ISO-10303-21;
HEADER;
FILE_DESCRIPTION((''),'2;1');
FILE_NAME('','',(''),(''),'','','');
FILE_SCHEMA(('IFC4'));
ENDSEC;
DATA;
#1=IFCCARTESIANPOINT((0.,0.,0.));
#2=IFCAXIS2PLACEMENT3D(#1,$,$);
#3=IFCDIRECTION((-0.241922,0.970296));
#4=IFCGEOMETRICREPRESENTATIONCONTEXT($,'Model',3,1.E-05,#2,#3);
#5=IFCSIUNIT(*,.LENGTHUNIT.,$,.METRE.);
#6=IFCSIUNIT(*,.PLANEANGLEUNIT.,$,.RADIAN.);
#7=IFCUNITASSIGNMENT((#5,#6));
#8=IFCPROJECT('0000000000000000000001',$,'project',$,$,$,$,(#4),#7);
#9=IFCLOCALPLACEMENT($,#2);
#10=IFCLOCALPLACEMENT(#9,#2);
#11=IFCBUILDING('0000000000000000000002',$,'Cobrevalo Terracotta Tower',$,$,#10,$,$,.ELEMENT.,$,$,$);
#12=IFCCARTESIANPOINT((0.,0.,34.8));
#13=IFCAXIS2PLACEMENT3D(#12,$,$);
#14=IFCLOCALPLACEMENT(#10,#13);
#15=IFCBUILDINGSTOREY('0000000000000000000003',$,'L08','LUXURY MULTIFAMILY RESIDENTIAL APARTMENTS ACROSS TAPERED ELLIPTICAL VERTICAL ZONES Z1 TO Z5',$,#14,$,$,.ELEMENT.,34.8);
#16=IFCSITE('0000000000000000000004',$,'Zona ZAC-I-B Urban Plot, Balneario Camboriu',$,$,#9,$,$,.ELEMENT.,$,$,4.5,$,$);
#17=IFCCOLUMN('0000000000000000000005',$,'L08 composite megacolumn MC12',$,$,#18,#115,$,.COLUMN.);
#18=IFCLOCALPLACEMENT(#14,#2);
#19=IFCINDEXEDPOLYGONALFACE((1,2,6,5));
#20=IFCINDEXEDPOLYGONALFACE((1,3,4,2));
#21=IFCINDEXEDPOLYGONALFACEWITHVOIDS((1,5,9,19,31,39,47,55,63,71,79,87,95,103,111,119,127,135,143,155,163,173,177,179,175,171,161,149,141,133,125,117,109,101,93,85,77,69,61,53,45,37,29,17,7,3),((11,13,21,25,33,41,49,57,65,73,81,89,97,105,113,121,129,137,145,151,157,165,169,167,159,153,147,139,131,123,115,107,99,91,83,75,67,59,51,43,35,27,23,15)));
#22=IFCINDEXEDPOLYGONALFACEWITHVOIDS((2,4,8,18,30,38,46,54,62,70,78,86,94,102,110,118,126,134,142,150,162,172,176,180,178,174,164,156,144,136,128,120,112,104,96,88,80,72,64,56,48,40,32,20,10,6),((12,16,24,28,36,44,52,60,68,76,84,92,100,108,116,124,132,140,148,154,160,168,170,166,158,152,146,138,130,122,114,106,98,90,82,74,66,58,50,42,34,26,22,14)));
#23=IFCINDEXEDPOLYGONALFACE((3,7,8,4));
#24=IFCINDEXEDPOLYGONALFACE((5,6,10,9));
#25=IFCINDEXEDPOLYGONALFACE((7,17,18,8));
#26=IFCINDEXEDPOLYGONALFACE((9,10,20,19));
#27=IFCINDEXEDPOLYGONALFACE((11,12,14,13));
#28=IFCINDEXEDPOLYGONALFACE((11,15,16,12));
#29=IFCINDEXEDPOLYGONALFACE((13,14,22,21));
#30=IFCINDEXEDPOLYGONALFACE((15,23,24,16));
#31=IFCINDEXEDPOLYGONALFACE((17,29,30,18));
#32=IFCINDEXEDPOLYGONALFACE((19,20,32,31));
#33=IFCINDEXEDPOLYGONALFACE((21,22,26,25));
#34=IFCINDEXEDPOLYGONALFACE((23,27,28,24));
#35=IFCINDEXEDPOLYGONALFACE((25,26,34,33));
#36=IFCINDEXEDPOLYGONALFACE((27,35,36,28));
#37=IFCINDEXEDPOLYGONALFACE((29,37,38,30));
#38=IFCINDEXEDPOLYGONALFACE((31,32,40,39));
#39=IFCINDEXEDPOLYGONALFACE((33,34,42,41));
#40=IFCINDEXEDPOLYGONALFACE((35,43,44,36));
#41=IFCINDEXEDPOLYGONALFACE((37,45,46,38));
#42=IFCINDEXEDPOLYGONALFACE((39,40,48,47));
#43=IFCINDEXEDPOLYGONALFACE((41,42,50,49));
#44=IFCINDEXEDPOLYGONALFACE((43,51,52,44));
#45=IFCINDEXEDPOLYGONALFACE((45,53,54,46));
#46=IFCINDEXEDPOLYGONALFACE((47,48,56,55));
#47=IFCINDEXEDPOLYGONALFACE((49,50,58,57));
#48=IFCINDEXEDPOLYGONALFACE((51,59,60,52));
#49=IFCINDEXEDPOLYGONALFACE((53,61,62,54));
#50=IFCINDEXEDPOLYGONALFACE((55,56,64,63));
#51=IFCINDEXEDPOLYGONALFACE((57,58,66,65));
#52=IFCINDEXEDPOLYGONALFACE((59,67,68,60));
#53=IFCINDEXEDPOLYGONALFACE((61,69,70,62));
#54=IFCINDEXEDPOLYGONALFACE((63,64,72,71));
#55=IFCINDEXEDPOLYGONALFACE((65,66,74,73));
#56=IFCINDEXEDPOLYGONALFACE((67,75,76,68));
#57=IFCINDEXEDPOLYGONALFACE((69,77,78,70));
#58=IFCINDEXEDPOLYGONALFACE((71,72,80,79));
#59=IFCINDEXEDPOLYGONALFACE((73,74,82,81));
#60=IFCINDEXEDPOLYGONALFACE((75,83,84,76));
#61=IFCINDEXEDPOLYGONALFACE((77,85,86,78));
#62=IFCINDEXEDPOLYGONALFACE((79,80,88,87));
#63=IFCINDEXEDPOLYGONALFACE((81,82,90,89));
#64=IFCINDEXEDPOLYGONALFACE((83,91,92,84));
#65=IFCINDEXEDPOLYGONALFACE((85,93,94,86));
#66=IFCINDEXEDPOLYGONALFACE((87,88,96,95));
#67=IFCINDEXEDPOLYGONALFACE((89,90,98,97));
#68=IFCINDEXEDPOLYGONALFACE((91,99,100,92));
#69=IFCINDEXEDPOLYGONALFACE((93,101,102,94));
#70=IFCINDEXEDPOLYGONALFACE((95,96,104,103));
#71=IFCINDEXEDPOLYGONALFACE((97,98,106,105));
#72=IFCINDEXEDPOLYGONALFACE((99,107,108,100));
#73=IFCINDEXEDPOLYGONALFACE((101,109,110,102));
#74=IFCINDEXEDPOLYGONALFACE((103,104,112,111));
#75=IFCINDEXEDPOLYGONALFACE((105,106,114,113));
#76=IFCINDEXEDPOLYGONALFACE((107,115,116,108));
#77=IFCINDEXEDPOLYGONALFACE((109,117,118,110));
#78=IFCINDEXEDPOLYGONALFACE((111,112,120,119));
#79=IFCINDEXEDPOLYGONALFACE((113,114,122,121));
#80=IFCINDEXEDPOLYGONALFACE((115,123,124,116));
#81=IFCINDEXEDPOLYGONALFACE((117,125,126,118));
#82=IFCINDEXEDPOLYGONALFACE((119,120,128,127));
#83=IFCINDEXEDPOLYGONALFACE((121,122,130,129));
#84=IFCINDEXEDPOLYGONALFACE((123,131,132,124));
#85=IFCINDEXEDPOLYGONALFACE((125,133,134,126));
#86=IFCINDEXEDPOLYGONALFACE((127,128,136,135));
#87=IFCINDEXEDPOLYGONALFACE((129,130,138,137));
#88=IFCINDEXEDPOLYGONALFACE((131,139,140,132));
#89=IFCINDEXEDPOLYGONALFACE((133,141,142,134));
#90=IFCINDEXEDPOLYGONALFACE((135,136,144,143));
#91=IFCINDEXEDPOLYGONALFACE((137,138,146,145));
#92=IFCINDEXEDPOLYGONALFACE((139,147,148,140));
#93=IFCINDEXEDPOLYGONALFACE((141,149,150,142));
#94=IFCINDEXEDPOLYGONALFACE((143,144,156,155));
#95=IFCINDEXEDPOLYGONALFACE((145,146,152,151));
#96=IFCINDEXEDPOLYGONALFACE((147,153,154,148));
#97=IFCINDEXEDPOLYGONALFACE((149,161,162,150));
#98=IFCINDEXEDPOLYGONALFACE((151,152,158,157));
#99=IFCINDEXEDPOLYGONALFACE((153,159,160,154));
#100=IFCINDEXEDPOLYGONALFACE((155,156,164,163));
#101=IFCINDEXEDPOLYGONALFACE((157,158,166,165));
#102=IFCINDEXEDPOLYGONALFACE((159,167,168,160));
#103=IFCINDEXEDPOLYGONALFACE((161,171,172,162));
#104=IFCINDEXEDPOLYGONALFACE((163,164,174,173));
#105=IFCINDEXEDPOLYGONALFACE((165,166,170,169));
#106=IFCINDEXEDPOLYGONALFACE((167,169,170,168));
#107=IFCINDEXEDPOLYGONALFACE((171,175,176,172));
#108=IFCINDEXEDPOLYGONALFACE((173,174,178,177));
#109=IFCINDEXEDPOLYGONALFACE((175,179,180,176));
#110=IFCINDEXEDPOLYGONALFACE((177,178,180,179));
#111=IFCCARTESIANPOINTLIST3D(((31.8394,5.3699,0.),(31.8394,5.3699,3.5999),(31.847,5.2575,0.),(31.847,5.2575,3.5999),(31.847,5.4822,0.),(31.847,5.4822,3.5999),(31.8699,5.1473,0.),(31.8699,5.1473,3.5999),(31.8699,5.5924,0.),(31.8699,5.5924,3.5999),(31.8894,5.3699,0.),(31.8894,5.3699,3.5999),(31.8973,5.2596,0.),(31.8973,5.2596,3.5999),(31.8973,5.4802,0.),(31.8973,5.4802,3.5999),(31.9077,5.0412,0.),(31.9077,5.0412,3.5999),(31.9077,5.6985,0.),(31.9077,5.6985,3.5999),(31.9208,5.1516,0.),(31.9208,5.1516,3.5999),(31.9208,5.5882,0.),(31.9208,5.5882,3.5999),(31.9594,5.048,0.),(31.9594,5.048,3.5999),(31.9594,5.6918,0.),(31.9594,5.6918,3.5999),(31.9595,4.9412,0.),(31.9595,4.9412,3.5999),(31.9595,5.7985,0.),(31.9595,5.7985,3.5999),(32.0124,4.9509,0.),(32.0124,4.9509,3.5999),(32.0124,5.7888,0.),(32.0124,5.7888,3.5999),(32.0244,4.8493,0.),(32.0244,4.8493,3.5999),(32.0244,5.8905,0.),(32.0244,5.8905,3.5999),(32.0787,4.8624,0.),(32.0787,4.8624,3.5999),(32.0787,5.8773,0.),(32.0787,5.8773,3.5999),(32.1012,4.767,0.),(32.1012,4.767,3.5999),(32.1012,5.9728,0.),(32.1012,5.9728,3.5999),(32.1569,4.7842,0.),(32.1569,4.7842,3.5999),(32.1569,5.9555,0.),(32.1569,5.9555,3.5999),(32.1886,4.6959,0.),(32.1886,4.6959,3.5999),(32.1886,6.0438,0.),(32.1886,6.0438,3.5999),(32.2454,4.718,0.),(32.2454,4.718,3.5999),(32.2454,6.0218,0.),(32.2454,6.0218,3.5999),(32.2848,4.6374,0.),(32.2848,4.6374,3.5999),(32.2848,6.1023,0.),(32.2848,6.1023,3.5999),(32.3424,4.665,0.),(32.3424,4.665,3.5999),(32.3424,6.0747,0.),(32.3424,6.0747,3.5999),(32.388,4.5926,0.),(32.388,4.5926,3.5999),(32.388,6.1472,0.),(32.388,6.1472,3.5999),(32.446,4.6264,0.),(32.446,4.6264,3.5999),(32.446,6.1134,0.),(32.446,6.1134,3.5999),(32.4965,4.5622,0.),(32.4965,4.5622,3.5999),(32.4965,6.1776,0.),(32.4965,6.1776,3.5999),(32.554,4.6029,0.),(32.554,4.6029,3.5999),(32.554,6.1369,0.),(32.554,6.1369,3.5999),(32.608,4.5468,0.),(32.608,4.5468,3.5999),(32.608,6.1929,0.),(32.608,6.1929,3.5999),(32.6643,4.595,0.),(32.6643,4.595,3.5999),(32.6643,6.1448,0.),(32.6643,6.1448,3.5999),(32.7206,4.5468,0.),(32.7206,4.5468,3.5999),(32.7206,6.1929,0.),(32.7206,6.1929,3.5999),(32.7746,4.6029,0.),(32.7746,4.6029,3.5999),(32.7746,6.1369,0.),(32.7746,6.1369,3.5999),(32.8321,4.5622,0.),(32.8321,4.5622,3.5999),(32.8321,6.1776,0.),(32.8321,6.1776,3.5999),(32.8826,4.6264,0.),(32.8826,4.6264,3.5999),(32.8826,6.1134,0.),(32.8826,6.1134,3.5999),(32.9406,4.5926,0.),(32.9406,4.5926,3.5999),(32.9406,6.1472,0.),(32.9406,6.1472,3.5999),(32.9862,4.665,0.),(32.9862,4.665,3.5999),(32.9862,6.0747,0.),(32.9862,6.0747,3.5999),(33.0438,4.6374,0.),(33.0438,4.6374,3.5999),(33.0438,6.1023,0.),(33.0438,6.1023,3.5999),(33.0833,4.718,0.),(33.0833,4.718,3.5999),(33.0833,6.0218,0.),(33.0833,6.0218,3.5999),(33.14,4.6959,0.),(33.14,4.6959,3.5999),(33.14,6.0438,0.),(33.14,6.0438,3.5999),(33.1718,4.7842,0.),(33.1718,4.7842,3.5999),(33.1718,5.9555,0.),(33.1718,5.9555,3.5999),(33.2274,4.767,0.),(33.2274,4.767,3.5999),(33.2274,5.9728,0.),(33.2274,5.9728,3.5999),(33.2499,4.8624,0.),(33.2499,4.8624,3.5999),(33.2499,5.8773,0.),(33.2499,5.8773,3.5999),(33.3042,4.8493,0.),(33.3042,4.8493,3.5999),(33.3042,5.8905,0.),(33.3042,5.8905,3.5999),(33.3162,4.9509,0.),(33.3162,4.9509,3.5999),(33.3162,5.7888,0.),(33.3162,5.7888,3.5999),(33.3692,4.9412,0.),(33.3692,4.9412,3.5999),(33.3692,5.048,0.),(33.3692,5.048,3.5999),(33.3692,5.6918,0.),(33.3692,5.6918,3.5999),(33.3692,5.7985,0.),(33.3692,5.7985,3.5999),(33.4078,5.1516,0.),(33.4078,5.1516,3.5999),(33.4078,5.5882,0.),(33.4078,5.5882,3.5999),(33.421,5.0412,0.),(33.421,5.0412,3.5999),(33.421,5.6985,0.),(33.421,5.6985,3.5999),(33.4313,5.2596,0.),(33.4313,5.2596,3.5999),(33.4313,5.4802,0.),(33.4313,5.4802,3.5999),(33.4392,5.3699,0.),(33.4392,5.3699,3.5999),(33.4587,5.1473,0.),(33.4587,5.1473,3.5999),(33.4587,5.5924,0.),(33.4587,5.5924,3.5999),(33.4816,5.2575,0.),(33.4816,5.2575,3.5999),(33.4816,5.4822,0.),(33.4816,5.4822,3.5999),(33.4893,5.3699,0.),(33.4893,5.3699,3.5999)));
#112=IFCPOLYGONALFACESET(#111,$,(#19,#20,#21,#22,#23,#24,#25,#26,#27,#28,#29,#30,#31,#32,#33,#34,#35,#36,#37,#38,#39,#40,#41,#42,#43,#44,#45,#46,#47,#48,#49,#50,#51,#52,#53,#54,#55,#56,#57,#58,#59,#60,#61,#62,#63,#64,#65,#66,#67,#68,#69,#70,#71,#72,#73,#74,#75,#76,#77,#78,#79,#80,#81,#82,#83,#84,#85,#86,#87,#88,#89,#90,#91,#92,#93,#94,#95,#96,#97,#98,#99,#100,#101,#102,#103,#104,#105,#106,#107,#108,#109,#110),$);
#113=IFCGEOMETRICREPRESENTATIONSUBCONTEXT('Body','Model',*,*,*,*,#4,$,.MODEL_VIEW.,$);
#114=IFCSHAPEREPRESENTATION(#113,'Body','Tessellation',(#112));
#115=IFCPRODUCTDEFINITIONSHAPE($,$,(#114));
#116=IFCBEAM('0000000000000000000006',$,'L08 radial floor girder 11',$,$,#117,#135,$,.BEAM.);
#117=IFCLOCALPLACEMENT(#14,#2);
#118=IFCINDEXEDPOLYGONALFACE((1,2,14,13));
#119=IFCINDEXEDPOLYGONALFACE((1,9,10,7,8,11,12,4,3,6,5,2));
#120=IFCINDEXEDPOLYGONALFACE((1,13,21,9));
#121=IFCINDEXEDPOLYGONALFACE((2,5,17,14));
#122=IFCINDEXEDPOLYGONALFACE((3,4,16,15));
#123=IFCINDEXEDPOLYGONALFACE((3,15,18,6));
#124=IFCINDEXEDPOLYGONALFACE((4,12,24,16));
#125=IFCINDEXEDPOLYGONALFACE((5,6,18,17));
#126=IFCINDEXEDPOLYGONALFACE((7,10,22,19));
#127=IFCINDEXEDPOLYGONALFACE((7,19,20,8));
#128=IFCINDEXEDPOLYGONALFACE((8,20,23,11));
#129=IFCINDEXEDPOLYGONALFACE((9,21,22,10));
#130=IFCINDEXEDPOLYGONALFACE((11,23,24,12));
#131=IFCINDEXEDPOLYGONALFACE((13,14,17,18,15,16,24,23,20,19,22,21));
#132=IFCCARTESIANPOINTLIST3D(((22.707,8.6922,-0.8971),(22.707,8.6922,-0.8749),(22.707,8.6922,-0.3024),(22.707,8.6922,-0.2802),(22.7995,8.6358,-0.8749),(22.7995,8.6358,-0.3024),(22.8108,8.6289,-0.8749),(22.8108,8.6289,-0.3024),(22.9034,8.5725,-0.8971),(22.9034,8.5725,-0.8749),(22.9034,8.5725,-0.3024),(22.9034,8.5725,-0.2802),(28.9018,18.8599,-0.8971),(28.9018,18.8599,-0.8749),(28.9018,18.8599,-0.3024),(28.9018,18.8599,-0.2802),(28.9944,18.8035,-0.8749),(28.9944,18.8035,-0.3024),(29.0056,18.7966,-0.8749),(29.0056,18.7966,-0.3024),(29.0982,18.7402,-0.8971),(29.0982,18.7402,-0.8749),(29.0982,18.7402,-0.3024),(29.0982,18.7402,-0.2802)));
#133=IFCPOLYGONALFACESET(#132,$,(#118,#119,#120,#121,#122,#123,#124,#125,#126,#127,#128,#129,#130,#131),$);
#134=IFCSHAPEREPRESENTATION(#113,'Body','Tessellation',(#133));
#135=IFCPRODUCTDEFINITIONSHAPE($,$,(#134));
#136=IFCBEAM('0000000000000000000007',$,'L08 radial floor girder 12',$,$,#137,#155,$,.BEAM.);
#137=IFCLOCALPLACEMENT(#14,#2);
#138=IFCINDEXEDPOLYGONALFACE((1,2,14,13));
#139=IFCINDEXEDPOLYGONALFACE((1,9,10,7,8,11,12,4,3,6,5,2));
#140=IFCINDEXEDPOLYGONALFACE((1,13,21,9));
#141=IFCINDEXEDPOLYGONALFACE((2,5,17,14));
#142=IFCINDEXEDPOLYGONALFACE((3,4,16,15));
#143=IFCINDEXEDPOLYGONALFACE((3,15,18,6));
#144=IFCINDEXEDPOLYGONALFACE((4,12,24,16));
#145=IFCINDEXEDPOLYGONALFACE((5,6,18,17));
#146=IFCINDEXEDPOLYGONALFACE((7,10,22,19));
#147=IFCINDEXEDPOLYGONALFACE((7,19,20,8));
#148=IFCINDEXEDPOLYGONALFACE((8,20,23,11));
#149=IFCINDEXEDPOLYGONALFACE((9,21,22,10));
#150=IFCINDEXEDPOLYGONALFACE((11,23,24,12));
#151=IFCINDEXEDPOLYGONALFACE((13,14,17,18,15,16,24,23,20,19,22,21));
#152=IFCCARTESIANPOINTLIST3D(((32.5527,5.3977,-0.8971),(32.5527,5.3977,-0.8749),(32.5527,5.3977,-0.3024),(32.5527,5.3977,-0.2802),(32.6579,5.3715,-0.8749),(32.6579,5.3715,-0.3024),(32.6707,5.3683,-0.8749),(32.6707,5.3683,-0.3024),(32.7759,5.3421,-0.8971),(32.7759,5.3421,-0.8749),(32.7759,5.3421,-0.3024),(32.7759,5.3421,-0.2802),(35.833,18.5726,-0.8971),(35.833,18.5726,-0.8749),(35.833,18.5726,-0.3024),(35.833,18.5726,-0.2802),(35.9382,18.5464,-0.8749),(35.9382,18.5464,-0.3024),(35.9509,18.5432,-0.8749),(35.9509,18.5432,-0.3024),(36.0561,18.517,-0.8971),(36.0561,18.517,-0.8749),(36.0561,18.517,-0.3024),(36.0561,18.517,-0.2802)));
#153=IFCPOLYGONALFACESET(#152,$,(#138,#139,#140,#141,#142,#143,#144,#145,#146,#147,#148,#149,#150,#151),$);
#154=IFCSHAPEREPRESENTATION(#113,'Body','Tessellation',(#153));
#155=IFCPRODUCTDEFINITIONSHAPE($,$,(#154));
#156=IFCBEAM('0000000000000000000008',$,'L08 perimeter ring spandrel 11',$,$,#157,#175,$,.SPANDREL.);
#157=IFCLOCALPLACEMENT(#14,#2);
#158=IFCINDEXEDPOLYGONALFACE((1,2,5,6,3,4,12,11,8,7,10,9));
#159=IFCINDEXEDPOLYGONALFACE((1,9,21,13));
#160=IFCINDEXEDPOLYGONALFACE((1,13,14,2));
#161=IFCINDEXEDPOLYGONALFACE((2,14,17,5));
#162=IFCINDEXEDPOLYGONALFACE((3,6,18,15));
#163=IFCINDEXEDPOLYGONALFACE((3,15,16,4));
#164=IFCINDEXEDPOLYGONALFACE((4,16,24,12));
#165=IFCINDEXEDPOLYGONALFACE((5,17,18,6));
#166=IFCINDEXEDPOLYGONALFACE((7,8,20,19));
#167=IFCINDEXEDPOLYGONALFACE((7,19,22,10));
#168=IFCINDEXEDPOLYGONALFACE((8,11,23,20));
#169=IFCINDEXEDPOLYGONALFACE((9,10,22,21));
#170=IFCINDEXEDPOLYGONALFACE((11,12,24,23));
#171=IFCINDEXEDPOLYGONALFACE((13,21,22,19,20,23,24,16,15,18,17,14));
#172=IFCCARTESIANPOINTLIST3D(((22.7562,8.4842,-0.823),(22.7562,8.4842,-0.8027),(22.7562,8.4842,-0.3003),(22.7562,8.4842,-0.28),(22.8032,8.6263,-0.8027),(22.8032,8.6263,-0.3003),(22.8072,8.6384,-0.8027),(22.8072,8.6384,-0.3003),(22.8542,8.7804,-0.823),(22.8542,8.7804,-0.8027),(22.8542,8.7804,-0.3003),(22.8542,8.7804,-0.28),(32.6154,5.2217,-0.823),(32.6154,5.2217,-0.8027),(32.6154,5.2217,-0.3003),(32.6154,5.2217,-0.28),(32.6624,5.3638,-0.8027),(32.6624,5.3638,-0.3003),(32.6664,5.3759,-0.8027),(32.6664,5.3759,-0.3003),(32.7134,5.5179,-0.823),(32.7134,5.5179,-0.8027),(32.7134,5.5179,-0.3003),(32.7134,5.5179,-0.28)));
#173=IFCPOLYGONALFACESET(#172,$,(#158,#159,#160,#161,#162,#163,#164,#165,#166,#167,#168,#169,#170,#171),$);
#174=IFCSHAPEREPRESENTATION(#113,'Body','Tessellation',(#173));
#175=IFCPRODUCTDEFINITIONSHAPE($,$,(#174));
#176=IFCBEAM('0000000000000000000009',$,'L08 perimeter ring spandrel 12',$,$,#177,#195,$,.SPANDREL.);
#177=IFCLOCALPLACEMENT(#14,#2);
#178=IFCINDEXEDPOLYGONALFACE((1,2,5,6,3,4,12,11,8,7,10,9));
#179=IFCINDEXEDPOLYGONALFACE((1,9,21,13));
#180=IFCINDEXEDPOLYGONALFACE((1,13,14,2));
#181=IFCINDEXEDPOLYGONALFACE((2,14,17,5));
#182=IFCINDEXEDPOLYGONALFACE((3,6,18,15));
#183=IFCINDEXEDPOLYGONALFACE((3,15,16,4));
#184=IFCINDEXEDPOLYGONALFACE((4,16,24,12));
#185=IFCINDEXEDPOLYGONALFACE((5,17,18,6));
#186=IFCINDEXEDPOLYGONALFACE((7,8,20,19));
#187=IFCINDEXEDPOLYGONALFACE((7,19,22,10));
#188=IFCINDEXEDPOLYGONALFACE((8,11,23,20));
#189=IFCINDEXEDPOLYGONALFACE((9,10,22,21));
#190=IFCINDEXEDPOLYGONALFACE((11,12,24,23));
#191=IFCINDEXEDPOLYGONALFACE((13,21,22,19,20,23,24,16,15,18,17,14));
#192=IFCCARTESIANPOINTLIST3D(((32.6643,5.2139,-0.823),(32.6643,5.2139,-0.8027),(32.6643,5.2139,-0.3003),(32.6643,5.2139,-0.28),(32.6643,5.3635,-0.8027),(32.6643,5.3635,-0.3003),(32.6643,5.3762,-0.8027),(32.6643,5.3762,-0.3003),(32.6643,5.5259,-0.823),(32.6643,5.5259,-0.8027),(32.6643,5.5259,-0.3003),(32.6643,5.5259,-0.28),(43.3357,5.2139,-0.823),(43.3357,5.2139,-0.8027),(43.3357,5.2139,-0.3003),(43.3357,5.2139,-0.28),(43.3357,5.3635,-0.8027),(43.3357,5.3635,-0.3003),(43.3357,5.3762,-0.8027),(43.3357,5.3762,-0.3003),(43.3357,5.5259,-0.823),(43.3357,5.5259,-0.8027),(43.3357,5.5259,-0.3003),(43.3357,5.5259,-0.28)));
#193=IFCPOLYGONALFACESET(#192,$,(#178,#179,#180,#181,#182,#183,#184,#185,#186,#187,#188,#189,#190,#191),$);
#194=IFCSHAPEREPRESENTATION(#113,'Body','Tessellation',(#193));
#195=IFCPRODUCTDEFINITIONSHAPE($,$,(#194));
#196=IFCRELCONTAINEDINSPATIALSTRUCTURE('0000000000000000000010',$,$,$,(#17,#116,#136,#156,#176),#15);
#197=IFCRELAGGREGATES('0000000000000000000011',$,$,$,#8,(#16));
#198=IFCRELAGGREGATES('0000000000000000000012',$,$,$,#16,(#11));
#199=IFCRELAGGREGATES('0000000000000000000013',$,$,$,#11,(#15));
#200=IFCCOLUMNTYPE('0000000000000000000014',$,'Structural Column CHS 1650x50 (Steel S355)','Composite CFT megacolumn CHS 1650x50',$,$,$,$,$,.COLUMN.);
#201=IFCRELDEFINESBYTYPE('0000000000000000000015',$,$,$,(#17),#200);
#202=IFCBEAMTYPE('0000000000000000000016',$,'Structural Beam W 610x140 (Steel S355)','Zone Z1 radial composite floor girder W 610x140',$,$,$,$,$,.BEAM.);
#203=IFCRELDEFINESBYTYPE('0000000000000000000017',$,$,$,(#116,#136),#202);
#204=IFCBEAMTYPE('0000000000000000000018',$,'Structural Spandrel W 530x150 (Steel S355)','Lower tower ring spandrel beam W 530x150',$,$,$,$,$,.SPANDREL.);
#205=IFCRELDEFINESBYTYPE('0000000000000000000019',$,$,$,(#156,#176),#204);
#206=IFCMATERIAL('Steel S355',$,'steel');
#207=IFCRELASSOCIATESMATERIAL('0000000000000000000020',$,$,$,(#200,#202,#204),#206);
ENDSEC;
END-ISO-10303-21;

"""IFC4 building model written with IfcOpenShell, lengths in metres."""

from ifc_helpers import new_model, si_unit, direction, frame, origin, origin_2d, place, context, subcontext, project, spatial, hollow_circle, i_section, extrude, material, material_profile, profile_set, type_object, element, save


model = new_model("IFC4")

# Units and contexts
model_context = context("Model", 3, precision=1e-05, world=origin(), true_north=direction((-0.241922, 0.970296)))
body_context = subcontext(model_context, "Body", "Model", "MODEL_VIEW")
ifc_project = project(units=[si_unit("LENGTHUNIT", "METRE"), si_unit("PLANEANGLEUNIT", "RADIAN")], contexts=[model_context])

# Site, building, storey
site_placement = place(None, origin())
site = spatial("IfcSite", under=ifc_project, at=site_placement, Name="Zona ZAC-I-B Urban Plot, Balneario Camboriu", CompositionType="ELEMENT", RefElevation=4.5)
building_placement = place(site_placement, origin())
building = spatial("IfcBuilding", under=site, at=building_placement, Name="Cobrevalo Terracotta Tower", CompositionType="ELEMENT")
storey_placement = place(building_placement, frame((0.0, 0.0, 34.8)))
storey = spatial("IfcBuildingStorey", under=building, at=storey_placement, Name="L08", Description="LUXURY MULTIFAMILY RESIDENTIAL APARTMENTS ACROSS TAPERED ELLIPTICAL VERTICAL ZONES Z1 TO Z5", CompositionType="ELEMENT", Elevation=34.8)

# Column
ifc_material_1 = material(Name="Steel S355", Category="steel")
ifc_material_profile_1 = material_profile(ifc_material_1, hollow_circle(Radius=0.825, WallThickness=0.05, at=origin_2d()), Name="CHS 1650x50")
ifc_profile_set_1 = profile_set([ifc_material_profile_1], Name="Steel S355")
column_type = type_object("IfcColumnType", Name="Structural Column CHS 1650x50 (Steel S355)", Description="Composite CFT megacolumn CHS 1650x50", PredefinedType="COLUMN", material=ifc_profile_set_1)
for number, where, z_axis, x_axis, name in (
    (1, (32.6643, 5.3699, 0.0), (0.0, 0.0, 1.0), (1.0, 0.0, 0.0), "L08 composite megacolumn MC12"),
):
    element("IfcColumn", number, at=place(storey_placement, frame(where, z_axis=z_axis, x_axis=x_axis)), inside=storey, type_object=column_type, Name=name, PredefinedType="COLUMN", context=body_context, shape_type="SweptSolid", body=[
        extrude(hollow_circle(Radius=0.825, WallThickness=0.05, at=origin_2d()), origin(), (0.0, 0.0, 1.0), 3.5999),
    ])

# Beams
ifc_material_profile_2 = material_profile(ifc_material_1, i_section(OverallWidth=0.23, OverallDepth=0.6169, WebThickness=0.0132, FlangeThickness=0.0222, at=origin_2d()), Name="W 610x140")
ifc_profile_set_2 = profile_set([ifc_material_profile_2], Name="Steel S355")
beam_type_1 = type_object("IfcBeamType", Name="Structural Beam W 610x140 (Steel S355)", Description="Zone Z1 radial composite floor girder W 610x140", PredefinedType="BEAM", material=ifc_profile_set_2)
beam_1_placement = place(storey_placement, frame((22.8052, 8.6323, -0.5886), z_axis=(0.520301, 0.853983, 0.0), x_axis=(-0.853983, 0.520301, 0.0)))
element("IfcBeam", 2, at=beam_1_placement, inside=storey, type_object=beam_type_1, Name="L08 radial floor girder 11", PredefinedType="BEAM", context=body_context, shape_type="SweptSolid", body=[
    extrude(i_section(OverallWidth=0.23, OverallDepth=0.6169, WebThickness=0.0132, FlangeThickness=0.0222, at=origin_2d()), origin(), (0.0, 0.0, 1.0), 11.9062),
])
beam_2_placement = place(storey_placement, frame((32.6643, 5.3699, -0.5886), z_axis=(0.2416, 0.970376, 0.0), x_axis=(-0.970376, 0.2416, 0.0)))
element("IfcBeam", 3, at=beam_2_placement, inside=storey, type_object=beam_type_1, Name="L08 radial floor girder 12", PredefinedType="BEAM", context=body_context, shape_type="SweptSolid", body=[
    extrude(i_section(OverallWidth=0.23, OverallDepth=0.6169, WebThickness=0.0132, FlangeThickness=0.0222, at=origin_2d()), origin(), (0.0, 0.0, 1.0), 13.5771),
])
ifc_material_profile_3 = material_profile(ifc_material_1, i_section(OverallWidth=0.312, OverallDepth=0.543, WebThickness=0.0127, FlangeThickness=0.0203, at=origin_2d()), Name="W 530x150")
ifc_profile_set_3 = profile_set([ifc_material_profile_3], Name="Steel S355")
beam_type_2 = type_object("IfcBeamType", Name="Structural Spandrel W 530x150 (Steel S355)", Description="Lower tower ring spandrel beam W 530x150", PredefinedType="SPANDREL", material=ifc_profile_set_3)
beam_3_placement = place(storey_placement, frame((22.8052, 8.6323, -0.5515), z_axis=(0.949372, -0.314153, 0.0), x_axis=(0.314153, 0.949372, 0.0)))
element("IfcBeam", 4, at=beam_3_placement, inside=storey, type_object=beam_type_2, Name="L08 perimeter ring spandrel 11", PredefinedType="SPANDREL", context=body_context, shape_type="SweptSolid", body=[
    extrude(i_section(OverallWidth=0.312, OverallDepth=0.543, WebThickness=0.0127, FlangeThickness=0.0203, at=origin_2d()), origin(), (0.0, 0.0, 1.0), 10.385),
])
beam_4_placement = place(storey_placement, frame((32.6643, 5.3699, -0.5515), z_axis=(1.0, 0.0, 0.0), x_axis=(0.0, 1.0, 0.0)))
element("IfcBeam", 5, at=beam_4_placement, inside=storey, type_object=beam_type_2, Name="L08 perimeter ring spandrel 12", PredefinedType="SPANDREL", context=body_context, shape_type="SweptSolid", body=[
    extrude(i_section(OverallWidth=0.312, OverallDepth=0.543, WebThickness=0.0127, FlangeThickness=0.0203, at=origin_2d()), origin(), (0.0, 0.0, 1.0), 10.6714),
])

save(model, "model.ifc")
